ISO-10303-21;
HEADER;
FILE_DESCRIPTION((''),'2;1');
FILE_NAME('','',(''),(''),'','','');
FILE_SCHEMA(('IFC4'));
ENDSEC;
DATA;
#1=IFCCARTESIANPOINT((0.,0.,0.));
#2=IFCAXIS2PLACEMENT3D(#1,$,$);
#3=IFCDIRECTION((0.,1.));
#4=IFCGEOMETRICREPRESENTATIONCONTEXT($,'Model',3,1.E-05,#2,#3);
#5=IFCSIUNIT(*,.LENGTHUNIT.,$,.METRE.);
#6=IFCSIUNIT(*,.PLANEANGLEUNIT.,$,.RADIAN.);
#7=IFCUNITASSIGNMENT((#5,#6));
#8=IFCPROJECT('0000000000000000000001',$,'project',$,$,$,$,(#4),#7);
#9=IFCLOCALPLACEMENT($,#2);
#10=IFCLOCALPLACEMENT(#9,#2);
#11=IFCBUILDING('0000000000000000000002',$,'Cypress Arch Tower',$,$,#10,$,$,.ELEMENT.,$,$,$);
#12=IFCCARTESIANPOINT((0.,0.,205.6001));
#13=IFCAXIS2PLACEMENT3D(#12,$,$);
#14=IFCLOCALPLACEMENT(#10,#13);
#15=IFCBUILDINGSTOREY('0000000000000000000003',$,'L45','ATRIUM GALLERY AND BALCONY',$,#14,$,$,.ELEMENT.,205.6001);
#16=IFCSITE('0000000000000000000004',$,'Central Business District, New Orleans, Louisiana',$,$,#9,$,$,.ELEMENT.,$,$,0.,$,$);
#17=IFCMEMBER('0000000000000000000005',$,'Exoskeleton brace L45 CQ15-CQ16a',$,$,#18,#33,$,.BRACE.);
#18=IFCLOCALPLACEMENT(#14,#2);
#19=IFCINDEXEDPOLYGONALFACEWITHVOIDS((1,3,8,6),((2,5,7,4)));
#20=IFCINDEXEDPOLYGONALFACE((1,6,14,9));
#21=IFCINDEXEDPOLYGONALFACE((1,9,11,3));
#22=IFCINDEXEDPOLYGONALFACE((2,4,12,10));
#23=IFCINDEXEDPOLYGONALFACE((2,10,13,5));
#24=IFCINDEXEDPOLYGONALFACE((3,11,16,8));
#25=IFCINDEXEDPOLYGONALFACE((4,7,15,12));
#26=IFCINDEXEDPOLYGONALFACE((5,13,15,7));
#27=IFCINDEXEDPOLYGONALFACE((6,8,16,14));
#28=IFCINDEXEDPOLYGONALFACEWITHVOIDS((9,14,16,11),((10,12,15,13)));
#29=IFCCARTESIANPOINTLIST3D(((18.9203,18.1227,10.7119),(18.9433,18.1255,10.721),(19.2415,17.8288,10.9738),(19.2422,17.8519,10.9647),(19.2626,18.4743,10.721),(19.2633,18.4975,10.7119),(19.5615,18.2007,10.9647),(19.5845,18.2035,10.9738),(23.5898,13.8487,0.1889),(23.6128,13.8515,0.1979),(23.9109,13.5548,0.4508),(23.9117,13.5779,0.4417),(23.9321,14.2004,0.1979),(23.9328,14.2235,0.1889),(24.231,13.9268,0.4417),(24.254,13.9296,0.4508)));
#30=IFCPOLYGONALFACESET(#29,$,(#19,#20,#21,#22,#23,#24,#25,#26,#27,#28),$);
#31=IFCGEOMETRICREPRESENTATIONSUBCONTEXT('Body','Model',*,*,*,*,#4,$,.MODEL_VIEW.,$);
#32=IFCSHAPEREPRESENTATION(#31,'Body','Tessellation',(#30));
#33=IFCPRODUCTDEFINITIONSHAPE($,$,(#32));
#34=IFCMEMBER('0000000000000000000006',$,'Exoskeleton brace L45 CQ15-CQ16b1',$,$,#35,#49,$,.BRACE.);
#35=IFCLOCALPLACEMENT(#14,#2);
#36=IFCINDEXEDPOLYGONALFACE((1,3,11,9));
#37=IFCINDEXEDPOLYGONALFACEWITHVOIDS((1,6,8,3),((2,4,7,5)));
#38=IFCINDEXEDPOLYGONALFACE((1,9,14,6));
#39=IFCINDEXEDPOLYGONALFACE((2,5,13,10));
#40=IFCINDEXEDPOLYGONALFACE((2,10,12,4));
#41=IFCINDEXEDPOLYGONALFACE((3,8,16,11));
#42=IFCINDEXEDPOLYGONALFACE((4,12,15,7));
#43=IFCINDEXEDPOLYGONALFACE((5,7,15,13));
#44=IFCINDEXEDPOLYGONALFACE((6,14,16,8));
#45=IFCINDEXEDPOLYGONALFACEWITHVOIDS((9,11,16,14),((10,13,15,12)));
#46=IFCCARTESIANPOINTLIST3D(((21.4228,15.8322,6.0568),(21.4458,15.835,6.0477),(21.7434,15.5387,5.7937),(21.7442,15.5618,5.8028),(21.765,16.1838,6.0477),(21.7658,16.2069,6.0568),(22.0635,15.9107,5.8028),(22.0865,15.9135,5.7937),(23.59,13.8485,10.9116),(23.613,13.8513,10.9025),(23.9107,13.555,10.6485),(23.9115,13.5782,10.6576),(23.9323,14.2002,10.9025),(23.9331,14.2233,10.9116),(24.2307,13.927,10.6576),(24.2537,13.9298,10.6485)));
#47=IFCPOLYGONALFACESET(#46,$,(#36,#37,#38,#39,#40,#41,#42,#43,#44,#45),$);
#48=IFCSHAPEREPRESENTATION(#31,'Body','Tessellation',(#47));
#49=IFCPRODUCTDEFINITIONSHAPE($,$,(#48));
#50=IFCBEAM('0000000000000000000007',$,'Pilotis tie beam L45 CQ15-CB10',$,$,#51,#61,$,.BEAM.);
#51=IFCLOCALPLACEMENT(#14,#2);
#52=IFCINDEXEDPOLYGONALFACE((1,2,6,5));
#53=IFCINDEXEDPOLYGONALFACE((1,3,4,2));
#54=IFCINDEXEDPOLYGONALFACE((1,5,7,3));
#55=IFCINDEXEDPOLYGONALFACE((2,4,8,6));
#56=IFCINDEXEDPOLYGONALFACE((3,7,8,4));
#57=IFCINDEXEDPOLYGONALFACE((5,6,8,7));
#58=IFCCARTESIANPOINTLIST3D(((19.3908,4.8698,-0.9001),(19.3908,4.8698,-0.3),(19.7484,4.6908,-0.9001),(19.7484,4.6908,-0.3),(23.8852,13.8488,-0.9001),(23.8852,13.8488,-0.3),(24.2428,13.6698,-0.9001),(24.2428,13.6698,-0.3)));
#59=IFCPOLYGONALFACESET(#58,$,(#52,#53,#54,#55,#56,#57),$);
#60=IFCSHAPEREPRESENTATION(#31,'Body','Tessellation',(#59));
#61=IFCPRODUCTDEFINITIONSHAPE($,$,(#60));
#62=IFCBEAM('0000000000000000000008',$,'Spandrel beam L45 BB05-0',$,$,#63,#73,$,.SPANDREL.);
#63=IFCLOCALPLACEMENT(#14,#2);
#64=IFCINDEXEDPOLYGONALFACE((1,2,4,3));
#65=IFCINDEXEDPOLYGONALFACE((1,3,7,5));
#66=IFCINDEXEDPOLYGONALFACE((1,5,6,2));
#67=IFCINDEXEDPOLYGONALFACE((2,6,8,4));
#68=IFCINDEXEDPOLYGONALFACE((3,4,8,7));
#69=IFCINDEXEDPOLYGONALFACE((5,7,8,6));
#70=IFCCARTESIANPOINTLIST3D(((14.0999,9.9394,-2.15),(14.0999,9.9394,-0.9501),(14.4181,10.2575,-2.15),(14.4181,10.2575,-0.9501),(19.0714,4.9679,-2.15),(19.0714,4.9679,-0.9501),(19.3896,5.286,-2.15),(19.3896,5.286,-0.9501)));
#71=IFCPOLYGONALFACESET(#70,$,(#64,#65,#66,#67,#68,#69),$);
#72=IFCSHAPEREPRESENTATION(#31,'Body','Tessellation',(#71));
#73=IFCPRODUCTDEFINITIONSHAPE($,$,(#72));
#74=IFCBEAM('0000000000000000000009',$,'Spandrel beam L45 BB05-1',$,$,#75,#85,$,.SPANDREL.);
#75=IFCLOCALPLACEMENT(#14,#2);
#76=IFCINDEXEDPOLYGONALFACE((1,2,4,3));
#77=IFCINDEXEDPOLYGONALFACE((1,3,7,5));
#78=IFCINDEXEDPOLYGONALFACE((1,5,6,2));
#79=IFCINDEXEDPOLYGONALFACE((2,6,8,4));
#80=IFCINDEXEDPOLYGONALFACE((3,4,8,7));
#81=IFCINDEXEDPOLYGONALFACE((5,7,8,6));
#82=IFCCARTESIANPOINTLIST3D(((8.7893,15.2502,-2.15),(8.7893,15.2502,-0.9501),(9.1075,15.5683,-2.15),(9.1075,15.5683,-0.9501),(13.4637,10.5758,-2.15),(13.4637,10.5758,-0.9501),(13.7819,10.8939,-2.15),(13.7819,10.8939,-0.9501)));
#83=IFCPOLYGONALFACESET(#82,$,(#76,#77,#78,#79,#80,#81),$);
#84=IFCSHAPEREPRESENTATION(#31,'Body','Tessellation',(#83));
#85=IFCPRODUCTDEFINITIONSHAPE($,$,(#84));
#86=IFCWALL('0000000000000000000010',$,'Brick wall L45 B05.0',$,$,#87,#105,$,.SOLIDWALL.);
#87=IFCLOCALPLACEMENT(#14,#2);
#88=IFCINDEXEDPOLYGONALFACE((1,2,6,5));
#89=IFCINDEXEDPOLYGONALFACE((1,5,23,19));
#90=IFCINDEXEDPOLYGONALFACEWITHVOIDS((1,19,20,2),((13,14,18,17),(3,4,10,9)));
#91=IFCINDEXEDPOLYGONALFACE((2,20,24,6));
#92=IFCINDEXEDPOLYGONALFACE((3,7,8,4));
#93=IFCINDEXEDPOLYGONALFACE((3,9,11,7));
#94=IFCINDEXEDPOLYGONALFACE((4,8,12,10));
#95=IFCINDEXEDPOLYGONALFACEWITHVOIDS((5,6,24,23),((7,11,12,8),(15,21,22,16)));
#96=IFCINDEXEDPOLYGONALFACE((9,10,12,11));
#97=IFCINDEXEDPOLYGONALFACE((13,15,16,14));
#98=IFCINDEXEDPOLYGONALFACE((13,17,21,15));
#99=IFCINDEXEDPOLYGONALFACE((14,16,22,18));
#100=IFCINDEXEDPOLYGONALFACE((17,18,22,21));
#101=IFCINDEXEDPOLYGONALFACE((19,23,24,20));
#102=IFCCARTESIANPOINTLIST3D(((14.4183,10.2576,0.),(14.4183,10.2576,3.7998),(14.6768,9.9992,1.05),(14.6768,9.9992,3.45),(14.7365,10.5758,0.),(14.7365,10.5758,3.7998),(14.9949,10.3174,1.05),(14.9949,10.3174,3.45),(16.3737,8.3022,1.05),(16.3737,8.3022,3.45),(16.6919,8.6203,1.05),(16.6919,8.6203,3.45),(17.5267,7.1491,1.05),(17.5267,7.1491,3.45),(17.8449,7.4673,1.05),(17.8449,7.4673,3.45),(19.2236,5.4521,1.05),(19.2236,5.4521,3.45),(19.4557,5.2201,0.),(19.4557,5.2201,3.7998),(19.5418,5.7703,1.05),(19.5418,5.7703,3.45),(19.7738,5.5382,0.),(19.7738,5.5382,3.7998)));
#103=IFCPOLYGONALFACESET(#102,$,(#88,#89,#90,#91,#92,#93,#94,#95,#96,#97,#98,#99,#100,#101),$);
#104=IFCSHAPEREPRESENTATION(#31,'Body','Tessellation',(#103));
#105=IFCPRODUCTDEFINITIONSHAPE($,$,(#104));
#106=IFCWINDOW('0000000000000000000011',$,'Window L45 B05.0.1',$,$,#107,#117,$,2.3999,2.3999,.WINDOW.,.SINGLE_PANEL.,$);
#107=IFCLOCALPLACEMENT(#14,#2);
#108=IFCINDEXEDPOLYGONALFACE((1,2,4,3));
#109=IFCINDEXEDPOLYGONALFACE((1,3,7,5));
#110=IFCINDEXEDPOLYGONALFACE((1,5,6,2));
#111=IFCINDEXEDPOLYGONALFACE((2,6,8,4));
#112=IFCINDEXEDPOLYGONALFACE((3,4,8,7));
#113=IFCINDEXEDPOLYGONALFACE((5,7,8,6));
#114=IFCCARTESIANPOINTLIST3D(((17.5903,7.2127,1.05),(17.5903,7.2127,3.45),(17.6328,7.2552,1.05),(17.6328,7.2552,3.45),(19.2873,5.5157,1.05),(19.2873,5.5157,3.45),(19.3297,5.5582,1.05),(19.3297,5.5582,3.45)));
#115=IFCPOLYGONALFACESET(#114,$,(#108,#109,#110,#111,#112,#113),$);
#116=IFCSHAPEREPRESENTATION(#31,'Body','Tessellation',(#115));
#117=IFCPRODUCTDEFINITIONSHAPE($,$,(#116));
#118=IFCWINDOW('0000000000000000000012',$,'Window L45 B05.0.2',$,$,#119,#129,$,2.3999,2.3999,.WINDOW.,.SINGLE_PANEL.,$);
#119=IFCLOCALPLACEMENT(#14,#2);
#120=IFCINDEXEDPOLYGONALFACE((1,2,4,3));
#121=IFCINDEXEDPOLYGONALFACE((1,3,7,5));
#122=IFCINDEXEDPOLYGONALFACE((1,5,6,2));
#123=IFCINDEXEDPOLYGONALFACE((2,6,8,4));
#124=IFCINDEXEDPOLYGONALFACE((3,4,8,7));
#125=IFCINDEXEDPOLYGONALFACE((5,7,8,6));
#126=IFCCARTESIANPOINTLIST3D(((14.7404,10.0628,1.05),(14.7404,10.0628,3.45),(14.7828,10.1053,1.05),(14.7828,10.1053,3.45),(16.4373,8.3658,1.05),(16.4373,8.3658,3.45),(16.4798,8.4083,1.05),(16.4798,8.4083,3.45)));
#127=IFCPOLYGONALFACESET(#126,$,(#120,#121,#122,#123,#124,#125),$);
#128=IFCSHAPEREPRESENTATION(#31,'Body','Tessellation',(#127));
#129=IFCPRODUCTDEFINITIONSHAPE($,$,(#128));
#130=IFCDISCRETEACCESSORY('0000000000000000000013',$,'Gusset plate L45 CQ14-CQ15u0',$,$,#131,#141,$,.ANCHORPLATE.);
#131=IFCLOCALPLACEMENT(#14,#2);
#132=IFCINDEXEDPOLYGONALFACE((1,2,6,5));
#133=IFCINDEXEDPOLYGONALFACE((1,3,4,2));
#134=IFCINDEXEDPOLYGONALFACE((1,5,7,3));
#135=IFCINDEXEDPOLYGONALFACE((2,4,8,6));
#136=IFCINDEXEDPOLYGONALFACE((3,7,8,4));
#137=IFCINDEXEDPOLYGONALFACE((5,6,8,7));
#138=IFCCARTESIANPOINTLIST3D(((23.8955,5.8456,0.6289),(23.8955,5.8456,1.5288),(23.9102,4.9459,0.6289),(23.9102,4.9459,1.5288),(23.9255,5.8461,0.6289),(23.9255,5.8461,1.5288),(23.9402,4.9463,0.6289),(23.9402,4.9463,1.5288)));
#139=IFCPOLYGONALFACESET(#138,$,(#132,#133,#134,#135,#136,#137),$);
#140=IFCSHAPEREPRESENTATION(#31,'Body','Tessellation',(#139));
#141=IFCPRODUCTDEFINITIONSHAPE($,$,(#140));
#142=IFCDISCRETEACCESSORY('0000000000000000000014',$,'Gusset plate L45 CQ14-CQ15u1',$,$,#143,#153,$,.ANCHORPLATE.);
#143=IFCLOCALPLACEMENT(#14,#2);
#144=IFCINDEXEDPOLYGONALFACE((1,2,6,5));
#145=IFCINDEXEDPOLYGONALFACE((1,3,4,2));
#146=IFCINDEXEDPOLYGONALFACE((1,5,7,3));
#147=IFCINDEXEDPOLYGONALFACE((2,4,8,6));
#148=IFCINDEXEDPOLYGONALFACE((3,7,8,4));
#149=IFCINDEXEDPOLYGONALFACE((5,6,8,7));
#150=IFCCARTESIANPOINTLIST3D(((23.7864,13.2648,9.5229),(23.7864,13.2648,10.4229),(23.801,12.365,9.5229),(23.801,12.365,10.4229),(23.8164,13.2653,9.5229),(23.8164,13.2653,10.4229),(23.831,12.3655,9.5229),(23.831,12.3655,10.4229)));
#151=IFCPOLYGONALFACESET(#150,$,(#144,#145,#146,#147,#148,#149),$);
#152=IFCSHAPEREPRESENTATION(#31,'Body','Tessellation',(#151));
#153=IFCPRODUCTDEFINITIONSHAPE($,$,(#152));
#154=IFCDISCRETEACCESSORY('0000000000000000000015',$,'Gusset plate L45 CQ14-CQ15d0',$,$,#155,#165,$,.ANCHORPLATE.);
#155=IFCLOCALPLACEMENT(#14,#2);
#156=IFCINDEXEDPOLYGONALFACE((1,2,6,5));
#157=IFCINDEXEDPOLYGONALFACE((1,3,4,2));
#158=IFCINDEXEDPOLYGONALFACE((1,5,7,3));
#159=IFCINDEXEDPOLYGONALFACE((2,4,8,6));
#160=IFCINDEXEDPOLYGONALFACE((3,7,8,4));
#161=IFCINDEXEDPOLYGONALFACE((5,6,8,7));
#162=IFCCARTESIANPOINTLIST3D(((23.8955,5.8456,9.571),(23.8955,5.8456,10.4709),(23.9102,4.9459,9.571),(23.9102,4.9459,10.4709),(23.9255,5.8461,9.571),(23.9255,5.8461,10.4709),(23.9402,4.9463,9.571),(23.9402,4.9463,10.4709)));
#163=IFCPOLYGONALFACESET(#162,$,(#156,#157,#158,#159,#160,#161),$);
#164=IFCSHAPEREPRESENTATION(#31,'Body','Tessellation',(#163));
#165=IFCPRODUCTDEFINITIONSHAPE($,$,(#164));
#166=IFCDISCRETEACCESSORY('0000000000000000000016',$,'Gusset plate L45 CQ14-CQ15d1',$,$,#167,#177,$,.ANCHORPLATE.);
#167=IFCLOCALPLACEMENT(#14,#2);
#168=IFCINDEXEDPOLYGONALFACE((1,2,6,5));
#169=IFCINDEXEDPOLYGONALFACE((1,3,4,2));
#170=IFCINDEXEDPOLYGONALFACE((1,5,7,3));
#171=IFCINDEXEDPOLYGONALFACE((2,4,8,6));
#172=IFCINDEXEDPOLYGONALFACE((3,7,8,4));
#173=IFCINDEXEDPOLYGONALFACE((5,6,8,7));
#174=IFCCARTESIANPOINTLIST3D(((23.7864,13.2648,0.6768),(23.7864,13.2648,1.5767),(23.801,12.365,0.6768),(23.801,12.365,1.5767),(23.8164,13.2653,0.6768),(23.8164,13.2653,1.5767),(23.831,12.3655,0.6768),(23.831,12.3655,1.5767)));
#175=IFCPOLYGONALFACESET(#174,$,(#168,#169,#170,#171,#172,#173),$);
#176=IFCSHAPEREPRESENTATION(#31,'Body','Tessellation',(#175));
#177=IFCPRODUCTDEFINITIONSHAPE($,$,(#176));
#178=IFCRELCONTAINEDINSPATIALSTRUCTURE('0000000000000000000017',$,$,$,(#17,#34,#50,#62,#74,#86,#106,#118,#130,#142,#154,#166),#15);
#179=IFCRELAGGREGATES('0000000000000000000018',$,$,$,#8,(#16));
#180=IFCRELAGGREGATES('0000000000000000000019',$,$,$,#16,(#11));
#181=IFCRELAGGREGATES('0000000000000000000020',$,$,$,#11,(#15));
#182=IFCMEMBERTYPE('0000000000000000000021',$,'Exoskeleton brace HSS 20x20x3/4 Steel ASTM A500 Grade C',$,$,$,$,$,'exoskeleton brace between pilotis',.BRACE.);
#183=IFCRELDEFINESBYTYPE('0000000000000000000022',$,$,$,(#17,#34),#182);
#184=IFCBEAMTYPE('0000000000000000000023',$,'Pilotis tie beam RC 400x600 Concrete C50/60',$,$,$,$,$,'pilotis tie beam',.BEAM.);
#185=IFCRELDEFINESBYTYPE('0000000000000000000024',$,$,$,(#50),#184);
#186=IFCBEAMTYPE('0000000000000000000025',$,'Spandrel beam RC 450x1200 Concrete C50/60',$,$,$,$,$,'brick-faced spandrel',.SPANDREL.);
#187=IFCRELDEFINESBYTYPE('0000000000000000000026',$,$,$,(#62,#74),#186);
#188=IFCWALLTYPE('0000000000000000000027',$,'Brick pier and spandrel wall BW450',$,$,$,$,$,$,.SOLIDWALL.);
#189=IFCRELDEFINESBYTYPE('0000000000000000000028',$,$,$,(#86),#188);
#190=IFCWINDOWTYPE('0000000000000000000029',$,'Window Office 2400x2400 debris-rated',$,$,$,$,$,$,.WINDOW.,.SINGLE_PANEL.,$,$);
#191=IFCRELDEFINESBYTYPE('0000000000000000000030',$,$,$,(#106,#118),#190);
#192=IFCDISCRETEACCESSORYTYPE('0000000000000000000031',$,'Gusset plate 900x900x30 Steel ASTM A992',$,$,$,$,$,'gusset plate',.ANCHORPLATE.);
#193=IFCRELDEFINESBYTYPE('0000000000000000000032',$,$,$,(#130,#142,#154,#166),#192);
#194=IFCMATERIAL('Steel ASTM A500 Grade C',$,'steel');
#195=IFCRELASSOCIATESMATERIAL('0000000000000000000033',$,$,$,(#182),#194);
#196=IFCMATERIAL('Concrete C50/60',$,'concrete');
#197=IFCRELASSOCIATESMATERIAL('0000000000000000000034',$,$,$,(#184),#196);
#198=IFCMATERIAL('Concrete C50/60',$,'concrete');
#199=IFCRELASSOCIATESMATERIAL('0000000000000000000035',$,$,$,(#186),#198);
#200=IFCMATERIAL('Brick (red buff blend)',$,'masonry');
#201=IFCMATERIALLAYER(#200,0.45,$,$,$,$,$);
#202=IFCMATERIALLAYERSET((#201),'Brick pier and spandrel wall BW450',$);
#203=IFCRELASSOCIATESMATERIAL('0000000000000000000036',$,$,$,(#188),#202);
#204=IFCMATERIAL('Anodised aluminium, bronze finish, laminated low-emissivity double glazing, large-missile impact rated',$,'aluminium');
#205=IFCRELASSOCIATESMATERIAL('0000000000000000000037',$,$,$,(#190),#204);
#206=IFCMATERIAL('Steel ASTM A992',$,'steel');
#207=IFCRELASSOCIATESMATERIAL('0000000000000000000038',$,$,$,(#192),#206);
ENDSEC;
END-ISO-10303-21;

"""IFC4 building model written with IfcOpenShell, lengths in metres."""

from ifc_helpers import new_model, si_unit, direction, frame, frame_2d, origin, origin_2d, place, context, subcontext, project, spatial, rectangle, hollow_rectangle, extrude, material, layer, layer_set, material_profile, profile_set, type_object, element, fill, save


model = new_model("IFC4")

# Units and contexts
model_context = context("Model", 3, precision=1e-05, world=origin(), true_north=direction((0.0, 1.0)))
body_context = subcontext(model_context, "Body", "Model", "MODEL_VIEW")
ifc_project = project(units=[si_unit("LENGTHUNIT", "METRE"), si_unit("PLANEANGLEUNIT", "RADIAN")], contexts=[model_context])

# Site, building, storey
site_placement = place(None, origin())
site = spatial("IfcSite", under=ifc_project, at=site_placement, Name="Central Business District, New Orleans, Louisiana", CompositionType="ELEMENT", RefElevation=0.0)
building_placement = place(site_placement, origin())
building = spatial("IfcBuilding", under=site, at=building_placement, Name="Cypress Arch Tower", CompositionType="ELEMENT")
storey_placement = place(building_placement, frame((0.0, 0.0, 205.6001)))
storey = spatial("IfcBuildingStorey", under=building, at=storey_placement, Name="L45", Description="ATRIUM GALLERY AND BALCONY", CompositionType="ELEMENT", Elevation=205.6001)

# Members
ifc_material_1 = material(Name="Steel ASTM A500 Grade C", Category="steel")
ifc_material_profile_1 = material_profile(ifc_material_1, hollow_rectangle(XDim=0.5081, YDim=0.5081, WallThickness=0.0176, at=origin_2d()), Name="HSS 20x20x3/4")
ifc_profile_set_1 = profile_set([ifc_material_profile_1], Name="Steel ASTM A500 Grade C")
member_type = type_object("IfcMemberType", Name="Exoskeleton brace HSS 20x20x3/4 Steel ASTM A500 Grade C", ElementType="exoskeleton brace between pilotis", PredefinedType="BRACE", material=ifc_profile_set_1)
member_1_placement = place(storey_placement, frame((23.9219, 13.8892, 0.3198), z_axis=(-0.380242, 0.348035, 0.856906), x_axis=(-0.675176, -0.737657, 0.0)))
element("IfcMember", 1, at=member_1_placement, inside=storey, type_object=member_type, Name="Exoskeleton brace L45 CQ15-CQ16a", PredefinedType="BRACE", context=body_context, shape_type="SweptSolid", body=[
    extrude(hollow_rectangle(XDim=0.5081, YDim=0.5081, WallThickness=0.0176, at=origin_2d()), origin(), (0.0, 0.0, 1.0), 12.2803),
])
member_2_placement = place(storey_placement, frame((23.9219, 13.8892, 10.78), z_axis=(-0.381924, 0.34957, -0.855532), x_axis=(-0.675171, -0.737661, 0.0)))
element("IfcMember", 2, at=member_2_placement, inside=storey, type_object=member_type, Name="Exoskeleton brace L45 CQ15-CQ16b1", PredefinedType="BRACE", context=body_context, shape_type="SweptSolid", body=[
    extrude(hollow_rectangle(XDim=0.5081, YDim=0.5081, WallThickness=0.0176, at=origin_2d()), origin(), (0.0, 0.0, 1.0), 5.6746),
])

# Beams
ifc_material_2 = material(Name="Concrete C50/60", Category="concrete")
ifc_material_profile_2 = material_profile(ifc_material_2, rectangle(XDim=0.3999, YDim=0.6001, at=origin_2d()), Name="RC 400x600")
ifc_profile_set_2 = profile_set([ifc_material_profile_2], Name="Concrete C50/60")
beam_type_1 = type_object("IfcBeamType", Name="Pilotis tie beam RC 400x600 Concrete C50/60", ElementType="pilotis tie beam", PredefinedType="BEAM", material=ifc_profile_set_2)
beam_1_placement = place(storey_placement, frame((24.064, 13.7593, -0.6001), z_axis=(-0.447603, -0.894233, 0.0), x_axis=(0.894233, -0.447603, 0.0)))
element("IfcBeam", 3, at=beam_1_placement, inside=storey, type_object=beam_type_1, Name="Pilotis tie beam L45 CQ15-CB10", PredefinedType="BEAM", context=body_context, shape_type="SweptSolid", body=[
    extrude(rectangle(XDim=0.3999, YDim=0.6001, at=origin_2d()), origin(), (0.0, 0.0, 1.0), 10.041),
])
ifc_material_3 = material(Name="Concrete C50/60", Category="concrete")
ifc_material_profile_3 = material_profile(ifc_material_3, rectangle(XDim=0.45, YDim=1.2, at=origin_2d()), Name="RC 450x1200")
ifc_profile_set_3 = profile_set([ifc_material_profile_3], Name="Concrete C50/60")
beam_type_2 = type_object("IfcBeamType", Name="Spandrel beam RC 450x1200 Concrete C50/60", ElementType="brick-faced spandrel", PredefinedType="SPANDREL", material=ifc_profile_set_3)
beam_2_placement = place(storey_placement, frame((19.2305, 5.127, -1.55), z_axis=(-0.707107, 0.707107, 0.0), x_axis=(-0.707107, -0.707107, 0.0)))
element("IfcBeam", 4, at=beam_2_placement, inside=storey, type_object=beam_type_2, Name="Spandrel beam L45 BB05-0", PredefinedType="SPANDREL", context=body_context, shape_type="SweptSolid", body=[
    extrude(rectangle(XDim=0.45, YDim=1.2, at=origin_2d()), origin(), (0.0, 0.0, 1.0), 7.0308),
])
beam_3_placement = place(storey_placement, frame((13.6228, 10.7349, -1.55), z_axis=(-0.707107, 0.707107, 0.0), x_axis=(-0.707107, -0.707107, 0.0)))
element("IfcBeam", 5, at=beam_3_placement, inside=storey, type_object=beam_type_2, Name="Spandrel beam L45 BB05-1", PredefinedType="SPANDREL", context=body_context, shape_type="SweptSolid", body=[
    extrude(rectangle(XDim=0.45, YDim=1.2, at=origin_2d()), origin(), (0.0, 0.0, 1.0), 6.6106),
])

# Wall, openings, windows
ifc_material_4 = material(Name="Brick (red buff blend)", Category="masonry")
ifc_layer_1 = layer(ifc_material_4, 0.45)
ifc_layer_set_1 = layer_set([ifc_layer_1], Name="Brick pier and spandrel wall BW450")
wall_type_1 = type_object("IfcWallType", Name="Brick pier and spandrel wall BW450", PredefinedType="SOLIDWALL", material=ifc_layer_set_1)
wall_1_placement = place(storey_placement, frame((19.6147, 5.3792, 0.0), z_axis=(0.0, 0.0, 1.0), x_axis=(-0.70709, 0.707124, 0.0)))
wall_1 = element("IfcWall", 6, at=wall_1_placement, inside=storey, type_object=wall_type_1, Name="Brick wall L45 B05.0", PredefinedType="SOLIDWALL", context=body_context, shape_type="SweptSolid", body=[
    extrude(rectangle(XDim=7.124, YDim=0.45, at=frame_2d((3.562, 0.0))), origin(), (0.0, 0.0, 1.0), 3.7998),
])
opening_1_placement = place(wall_1_placement, frame((0.3281, 0.0, 1.05)))
opening_1 = element("IfcOpeningElement", 7, at=opening_1_placement, cuts=wall_1, PredefinedType="OPENING", context=body_context, shape_type="SweptSolid", body=[
    extrude(rectangle(XDim=2.3999, YDim=2.3999, at=frame_2d((1.2, 1.2))), frame((0.0, 0.2349, 0.0), z_axis=(0.0, -1.0, 0.0), x_axis=(1.0, 0.0, 0.0)), (0.0, 0.0, 1.0), 0.47),
])
opening_2_placement = place(wall_1_placement, frame((4.3586, 0.0, 1.05)))
opening_2 = element("IfcOpeningElement", 8, at=opening_2_placement, cuts=wall_1, PredefinedType="OPENING", context=body_context, shape_type="SweptSolid", body=[
    extrude(rectangle(XDim=2.3999, YDim=2.3999, at=frame_2d((1.2, 1.2))), frame((0.0, 0.2349, 0.0), z_axis=(0.0, -1.0, 0.0), x_axis=(1.0, 0.0, 0.0)), (0.0, 0.0, 1.0), 0.47),
])
ifc_material_5 = material(Name="Anodised aluminium, bronze finish, laminated low-emissivity double glazing, large-missile impact rated", Category="aluminium")
window_type = type_object("IfcWindowType", Name="Window Office 2400x2400 debris-rated", PartitioningType="SINGLE_PANEL", PredefinedType="WINDOW", material=ifc_material_5)
window_1_placement = place(opening_1_placement, origin())
window_1 = element("IfcWindow", 9, at=window_1_placement, inside=storey, type_object=window_type, Name="Window L45 B05.0.1", OverallHeight=2.3999, OverallWidth=2.3999, PartitioningType="SINGLE_PANEL", PredefinedType="WINDOW", context=body_context, shape_type="SweptSolid", body=[
    extrude(rectangle(XDim=2.3999, YDim=2.3999, at=frame_2d((1.2, 1.2))), frame((0.0, 0.135, 0.0), z_axis=(0.0, -1.0, 0.0), x_axis=(1.0, 0.0, 0.0)), (0.0, 0.0, 1.0), 0.0601),
])
fill(opening_1, window_1)
window_2_placement = place(opening_2_placement, origin())
window_2 = element("IfcWindow", 10, at=window_2_placement, inside=storey, type_object=window_type, Name="Window L45 B05.0.2", OverallHeight=2.3999, OverallWidth=2.3999, PartitioningType="SINGLE_PANEL", PredefinedType="WINDOW", context=body_context, shape_type="SweptSolid", body=[
    extrude(rectangle(XDim=2.3999, YDim=2.3999, at=frame_2d((1.2, 1.2))), frame((0.0, 0.135, 0.0), z_axis=(0.0, -1.0, 0.0), x_axis=(1.0, 0.0, 0.0)), (0.0, 0.0, 1.0), 0.0601),
])
fill(opening_2, window_2)

# Discrete accessories
ifc_material_6 = material(Name="Steel ASTM A992", Category="steel")
ifc_material_profile_4 = material_profile(ifc_material_6, rectangle(XDim=0.8999, YDim=0.8999, at=origin_2d()), Name="PL 30 900x900")
ifc_profile_set_4 = profile_set([ifc_material_profile_4], Name="Steel ASTM A992")
discrete_accessory_type_1 = type_object("IfcDiscreteAccessoryType", Name="Gusset plate 900x900x30 Steel ASTM A992", ElementType="gusset plate", PredefinedType="ANCHORPLATE", material=ifc_profile_set_4)
for number, where, z_axis, x_axis, name in (
    (11, (23.9329, 5.3962, 1.0789), (-0.999868, -0.016258, 0.0), (0.016258, -0.999868, 0.0), "Gusset plate L45 CQ14-CQ15u0"),
    (12, (23.8237, 12.8154, 9.9729), (-0.999868, -0.016258, 0.0), (0.016258, -0.999868, 0.0), "Gusset plate L45 CQ14-CQ15u1"),
    (13, (23.9329, 5.3962, 10.021), (-0.999868, -0.016258, 0.0), (0.016258, -0.999868, 0.0), "Gusset plate L45 CQ14-CQ15d0"),
    (14, (23.8237, 12.8154, 1.1267), (-0.999868, -0.016258, 0.0), (0.016258, -0.999868, 0.0), "Gusset plate L45 CQ14-CQ15d1"),
):
    element("IfcDiscreteAccessory", number, at=place(storey_placement, frame(where, z_axis=z_axis, x_axis=x_axis)), inside=storey, type_object=discrete_accessory_type_1, Name=name, PredefinedType="ANCHORPLATE", context=body_context, shape_type="SweptSolid", body=[
        extrude(rectangle(XDim=0.8999, YDim=0.8999, at=origin_2d()), origin(), (0.0, 0.0, 1.0), 0.03),
    ])

save(model, "model.ifc")
